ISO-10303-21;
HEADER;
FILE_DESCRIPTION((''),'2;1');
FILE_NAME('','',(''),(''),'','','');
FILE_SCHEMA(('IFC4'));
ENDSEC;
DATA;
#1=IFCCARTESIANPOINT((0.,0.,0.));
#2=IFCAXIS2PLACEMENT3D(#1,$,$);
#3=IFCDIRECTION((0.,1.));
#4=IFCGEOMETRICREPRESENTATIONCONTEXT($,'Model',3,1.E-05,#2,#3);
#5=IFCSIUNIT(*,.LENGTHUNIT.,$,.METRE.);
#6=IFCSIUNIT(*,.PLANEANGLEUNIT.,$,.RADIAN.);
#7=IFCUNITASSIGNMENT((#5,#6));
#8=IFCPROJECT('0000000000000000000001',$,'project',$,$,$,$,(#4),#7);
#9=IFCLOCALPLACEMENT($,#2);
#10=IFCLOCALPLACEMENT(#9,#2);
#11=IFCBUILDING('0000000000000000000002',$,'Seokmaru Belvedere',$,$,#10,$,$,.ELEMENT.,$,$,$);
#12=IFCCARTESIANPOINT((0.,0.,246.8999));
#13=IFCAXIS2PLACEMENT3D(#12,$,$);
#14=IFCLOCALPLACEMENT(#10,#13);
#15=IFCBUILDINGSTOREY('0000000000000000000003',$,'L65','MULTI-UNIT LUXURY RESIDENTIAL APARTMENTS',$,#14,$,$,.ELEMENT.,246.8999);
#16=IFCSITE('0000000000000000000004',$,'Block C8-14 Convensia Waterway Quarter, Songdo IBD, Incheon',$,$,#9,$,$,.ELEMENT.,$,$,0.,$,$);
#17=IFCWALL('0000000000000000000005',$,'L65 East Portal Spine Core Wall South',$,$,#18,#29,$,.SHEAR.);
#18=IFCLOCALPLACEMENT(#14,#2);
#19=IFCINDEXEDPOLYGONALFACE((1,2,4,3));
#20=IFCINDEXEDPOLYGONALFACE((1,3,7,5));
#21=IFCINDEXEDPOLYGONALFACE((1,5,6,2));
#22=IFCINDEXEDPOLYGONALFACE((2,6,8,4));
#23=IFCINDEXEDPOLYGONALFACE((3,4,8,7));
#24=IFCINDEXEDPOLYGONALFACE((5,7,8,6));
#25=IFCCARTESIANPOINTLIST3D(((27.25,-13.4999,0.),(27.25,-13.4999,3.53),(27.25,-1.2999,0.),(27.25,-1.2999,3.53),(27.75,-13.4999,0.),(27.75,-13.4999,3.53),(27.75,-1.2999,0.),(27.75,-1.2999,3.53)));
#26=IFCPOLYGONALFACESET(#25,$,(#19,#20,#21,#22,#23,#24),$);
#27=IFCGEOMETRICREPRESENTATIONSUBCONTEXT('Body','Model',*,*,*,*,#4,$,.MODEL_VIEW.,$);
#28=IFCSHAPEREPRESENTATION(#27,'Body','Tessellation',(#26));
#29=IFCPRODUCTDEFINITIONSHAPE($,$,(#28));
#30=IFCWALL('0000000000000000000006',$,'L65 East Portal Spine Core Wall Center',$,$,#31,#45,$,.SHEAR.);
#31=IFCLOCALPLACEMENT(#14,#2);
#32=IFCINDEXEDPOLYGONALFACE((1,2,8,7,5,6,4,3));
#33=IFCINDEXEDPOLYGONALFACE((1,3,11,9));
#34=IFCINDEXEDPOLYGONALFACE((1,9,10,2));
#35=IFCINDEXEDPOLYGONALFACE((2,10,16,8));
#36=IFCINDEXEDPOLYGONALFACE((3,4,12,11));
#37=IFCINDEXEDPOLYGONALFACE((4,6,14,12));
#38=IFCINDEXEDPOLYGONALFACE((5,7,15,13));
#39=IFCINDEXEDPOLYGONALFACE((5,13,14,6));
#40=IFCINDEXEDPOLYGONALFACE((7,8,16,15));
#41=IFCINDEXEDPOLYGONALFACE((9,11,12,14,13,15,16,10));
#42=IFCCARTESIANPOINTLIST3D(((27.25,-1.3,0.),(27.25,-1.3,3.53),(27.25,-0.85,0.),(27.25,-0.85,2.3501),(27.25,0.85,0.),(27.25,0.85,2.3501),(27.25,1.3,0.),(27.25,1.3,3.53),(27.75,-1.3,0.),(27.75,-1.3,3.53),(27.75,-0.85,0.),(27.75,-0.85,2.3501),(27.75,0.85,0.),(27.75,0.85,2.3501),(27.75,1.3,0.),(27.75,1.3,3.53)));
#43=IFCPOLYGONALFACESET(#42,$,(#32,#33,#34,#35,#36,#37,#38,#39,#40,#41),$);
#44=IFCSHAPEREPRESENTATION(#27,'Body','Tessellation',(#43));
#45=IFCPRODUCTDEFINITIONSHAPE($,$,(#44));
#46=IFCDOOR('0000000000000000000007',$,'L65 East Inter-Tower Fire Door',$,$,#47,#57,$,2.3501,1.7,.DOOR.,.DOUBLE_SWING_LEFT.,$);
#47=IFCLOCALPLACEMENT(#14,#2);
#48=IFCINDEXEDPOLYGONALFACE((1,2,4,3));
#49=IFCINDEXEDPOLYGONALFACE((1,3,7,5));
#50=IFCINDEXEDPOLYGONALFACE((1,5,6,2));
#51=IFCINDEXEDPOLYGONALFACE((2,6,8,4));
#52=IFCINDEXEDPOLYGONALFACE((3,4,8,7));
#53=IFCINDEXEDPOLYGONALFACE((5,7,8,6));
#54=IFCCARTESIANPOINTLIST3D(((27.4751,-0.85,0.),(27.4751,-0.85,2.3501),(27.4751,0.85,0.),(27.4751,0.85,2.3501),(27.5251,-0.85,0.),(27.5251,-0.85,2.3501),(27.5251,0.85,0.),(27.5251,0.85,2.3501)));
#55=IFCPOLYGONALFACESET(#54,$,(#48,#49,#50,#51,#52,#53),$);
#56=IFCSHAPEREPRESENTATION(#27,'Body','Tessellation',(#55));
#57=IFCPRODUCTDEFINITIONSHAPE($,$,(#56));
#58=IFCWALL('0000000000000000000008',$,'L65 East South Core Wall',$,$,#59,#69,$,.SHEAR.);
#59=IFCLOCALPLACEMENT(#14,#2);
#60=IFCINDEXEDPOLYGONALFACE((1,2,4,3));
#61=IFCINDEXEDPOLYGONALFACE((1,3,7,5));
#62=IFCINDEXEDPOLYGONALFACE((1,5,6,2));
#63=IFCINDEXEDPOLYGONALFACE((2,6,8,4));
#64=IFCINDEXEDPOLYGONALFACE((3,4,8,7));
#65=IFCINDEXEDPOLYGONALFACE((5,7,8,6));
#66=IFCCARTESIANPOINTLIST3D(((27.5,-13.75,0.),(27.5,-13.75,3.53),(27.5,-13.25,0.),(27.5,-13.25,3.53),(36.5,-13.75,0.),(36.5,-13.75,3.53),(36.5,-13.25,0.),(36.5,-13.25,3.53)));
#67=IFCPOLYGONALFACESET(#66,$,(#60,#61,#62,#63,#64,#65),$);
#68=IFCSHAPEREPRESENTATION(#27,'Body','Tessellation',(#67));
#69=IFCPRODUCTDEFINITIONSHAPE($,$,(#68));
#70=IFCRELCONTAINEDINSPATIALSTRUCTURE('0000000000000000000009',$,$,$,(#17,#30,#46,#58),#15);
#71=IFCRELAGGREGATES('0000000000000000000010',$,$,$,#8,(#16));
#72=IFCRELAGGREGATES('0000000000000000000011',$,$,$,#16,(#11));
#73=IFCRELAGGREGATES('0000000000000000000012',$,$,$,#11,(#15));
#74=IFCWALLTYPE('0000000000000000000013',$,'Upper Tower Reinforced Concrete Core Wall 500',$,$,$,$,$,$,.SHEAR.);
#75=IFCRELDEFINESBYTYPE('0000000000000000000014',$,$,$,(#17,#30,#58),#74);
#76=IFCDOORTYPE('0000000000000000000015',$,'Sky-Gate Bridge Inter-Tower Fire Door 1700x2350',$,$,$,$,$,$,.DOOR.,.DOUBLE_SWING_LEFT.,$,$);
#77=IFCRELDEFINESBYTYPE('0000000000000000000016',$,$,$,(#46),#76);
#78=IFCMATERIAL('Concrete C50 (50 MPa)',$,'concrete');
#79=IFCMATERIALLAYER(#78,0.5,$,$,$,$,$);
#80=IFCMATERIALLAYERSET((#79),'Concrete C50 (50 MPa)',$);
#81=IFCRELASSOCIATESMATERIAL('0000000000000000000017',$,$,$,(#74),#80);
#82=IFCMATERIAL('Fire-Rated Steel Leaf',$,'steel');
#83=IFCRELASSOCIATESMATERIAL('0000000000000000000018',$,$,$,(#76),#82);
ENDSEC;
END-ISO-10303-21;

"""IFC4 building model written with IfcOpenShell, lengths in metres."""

from ifc_helpers import new_model, si_unit, direction, frame, frame_2d, origin, place, context, subcontext, project, spatial, rectangle, extrude, source, transform, mapped, material, layer, layer_set, type_object, type_shapes, element, fill, save


model = new_model("IFC4")

# Units and contexts
model_context = context("Model", 3, precision=1e-05, world=origin(), true_north=direction((0.0, 1.0)))
body_context = subcontext(model_context, "Body", "Model", "MODEL_VIEW")
ifc_project = project(units=[si_unit("LENGTHUNIT", "METRE"), si_unit("PLANEANGLEUNIT", "RADIAN")], contexts=[model_context])

# Site, building, storey
site_placement = place(None, origin())
site = spatial("IfcSite", under=ifc_project, at=site_placement, Name="Block C8-14 Convensia Waterway Quarter, Songdo IBD, Incheon", CompositionType="ELEMENT", RefElevation=0.0)
building_placement = place(site_placement, origin())
building = spatial("IfcBuilding", under=site, at=building_placement, Name="Seokmaru Belvedere", CompositionType="ELEMENT")
storey_placement = place(building_placement, frame((0.0, 0.0, 246.8999)))
storey = spatial("IfcBuildingStorey", under=building, at=storey_placement, Name="L65", Description="MULTI-UNIT LUXURY RESIDENTIAL APARTMENTS", CompositionType="ELEMENT", Elevation=246.8999)

# Shared definitions
ifc_material_1 = material(Name="Fire-Rated Steel Leaf", Category="steel")

# Shared definitions
ifc_material_2 = material(Name="Concrete C50 (50 MPa)", Category="concrete")

# Wall
ifc_layer_1 = layer(ifc_material_2, 0.5)
ifc_layer_set_1 = layer_set([ifc_layer_1], Name="Concrete C50 (50 MPa)")
wall_type_1 = type_object("IfcWallType", Name="Upper Tower Reinforced Concrete Core Wall 500", PredefinedType="SHEAR", material=ifc_layer_set_1)
wall_1_placement = place(storey_placement, frame((27.5, -13.5, 0.0), z_axis=(0.0, 0.0, 1.0), x_axis=(0.0, 1.0, 0.0)))
element("IfcWall", 1, at=wall_1_placement, inside=storey, type_object=wall_type_1, Name="L65 East Portal Spine Core Wall South", PredefinedType="SHEAR", context=body_context, shape_type="SweptSolid", body=[
    extrude(rectangle(XDim=12.2, YDim=0.5, at=frame_2d((6.1001, 0.0))), origin(), (0.0, 0.0, 1.0), 3.53),
])

# Wall, opening, door
wall_2_placement = place(storey_placement, frame((27.5, -1.3, 0.0), z_axis=(0.0, 0.0, 1.0), x_axis=(0.0, 1.0, 0.0)))
wall_2 = element("IfcWall", 2, at=wall_2_placement, inside=storey, type_object=wall_type_1, Name="L65 East Portal Spine Core Wall Center", PredefinedType="SHEAR", context=body_context, shape_type="SweptSolid", body=[
    extrude(rectangle(XDim=2.6001, YDim=0.5, at=frame_2d((1.3, 0.0))), origin(), (0.0, 0.0, 1.0), 3.53),
])
opening_1_placement = place(wall_2_placement, frame((0.45, 0.0, 0.0)))
opening_1 = element("IfcOpeningElement", 3, at=opening_1_placement, cuts=wall_2, PredefinedType="OPENING", context=body_context, shape_type="SweptSolid", body=[
    extrude(rectangle(XDim=1.7, YDim=2.3501, at=frame_2d((0.8501, 1.175))), frame((0.0, 0.26, 0.0), z_axis=(0.0, -1.0, 0.0), x_axis=(1.0, 0.0, 0.0)), (0.0, 0.0, 1.0), 0.52),
])
door_type_1 = type_object("IfcDoorType", Name="Sky-Gate Bridge Inter-Tower Fire Door 1700x2350", OperationType="DOUBLE_SWING_LEFT", PredefinedType="DOOR", material=ifc_material_1)
shared_shape_1 = source(origin(), body_context, "Body", "SweptSolid", [
    extrude(rectangle(XDim=1.7, YDim=2.3501, at=frame_2d((0.8501, 1.175))), frame((0.0, 0.0249, 0.0), z_axis=(0.0, -1.0, 0.0), x_axis=(1.0, 0.0, 0.0)), (0.0, 0.0, 1.0), 0.05),
])
type_shapes(door_type_1, [shared_shape_1])
door_1_placement = place(opening_1_placement, origin())
door_1 = element("IfcDoor", 4, at=door_1_placement, inside=storey, type_object=door_type_1, Name="L65 East Inter-Tower Fire Door", OperationType="DOUBLE_SWING_LEFT", OverallHeight=2.3501, OverallWidth=1.7, PredefinedType="DOOR", context=body_context, shape_type="MappedRepresentation", body=[
    mapped(shared_shape_1, transform((0.0, 0.0, 0.0), scale=1.0)),
])
fill(opening_1, door_1)

# Wall
wall_3_placement = place(storey_placement, frame((27.5, -13.5, 0.0), z_axis=(0.0, 0.0, 1.0), x_axis=(1.0, 0.0, 0.0)))
element("IfcWall", 5, at=wall_3_placement, inside=storey, type_object=wall_type_1, Name="L65 East South Core Wall", PredefinedType="SHEAR", context=body_context, shape_type="SweptSolid", body=[
    extrude(rectangle(XDim=9.0, YDim=0.5, at=frame_2d((4.5, 0.0))), origin(), (0.0, 0.0, 1.0), 3.53),
])

save(model, "model.ifc")
